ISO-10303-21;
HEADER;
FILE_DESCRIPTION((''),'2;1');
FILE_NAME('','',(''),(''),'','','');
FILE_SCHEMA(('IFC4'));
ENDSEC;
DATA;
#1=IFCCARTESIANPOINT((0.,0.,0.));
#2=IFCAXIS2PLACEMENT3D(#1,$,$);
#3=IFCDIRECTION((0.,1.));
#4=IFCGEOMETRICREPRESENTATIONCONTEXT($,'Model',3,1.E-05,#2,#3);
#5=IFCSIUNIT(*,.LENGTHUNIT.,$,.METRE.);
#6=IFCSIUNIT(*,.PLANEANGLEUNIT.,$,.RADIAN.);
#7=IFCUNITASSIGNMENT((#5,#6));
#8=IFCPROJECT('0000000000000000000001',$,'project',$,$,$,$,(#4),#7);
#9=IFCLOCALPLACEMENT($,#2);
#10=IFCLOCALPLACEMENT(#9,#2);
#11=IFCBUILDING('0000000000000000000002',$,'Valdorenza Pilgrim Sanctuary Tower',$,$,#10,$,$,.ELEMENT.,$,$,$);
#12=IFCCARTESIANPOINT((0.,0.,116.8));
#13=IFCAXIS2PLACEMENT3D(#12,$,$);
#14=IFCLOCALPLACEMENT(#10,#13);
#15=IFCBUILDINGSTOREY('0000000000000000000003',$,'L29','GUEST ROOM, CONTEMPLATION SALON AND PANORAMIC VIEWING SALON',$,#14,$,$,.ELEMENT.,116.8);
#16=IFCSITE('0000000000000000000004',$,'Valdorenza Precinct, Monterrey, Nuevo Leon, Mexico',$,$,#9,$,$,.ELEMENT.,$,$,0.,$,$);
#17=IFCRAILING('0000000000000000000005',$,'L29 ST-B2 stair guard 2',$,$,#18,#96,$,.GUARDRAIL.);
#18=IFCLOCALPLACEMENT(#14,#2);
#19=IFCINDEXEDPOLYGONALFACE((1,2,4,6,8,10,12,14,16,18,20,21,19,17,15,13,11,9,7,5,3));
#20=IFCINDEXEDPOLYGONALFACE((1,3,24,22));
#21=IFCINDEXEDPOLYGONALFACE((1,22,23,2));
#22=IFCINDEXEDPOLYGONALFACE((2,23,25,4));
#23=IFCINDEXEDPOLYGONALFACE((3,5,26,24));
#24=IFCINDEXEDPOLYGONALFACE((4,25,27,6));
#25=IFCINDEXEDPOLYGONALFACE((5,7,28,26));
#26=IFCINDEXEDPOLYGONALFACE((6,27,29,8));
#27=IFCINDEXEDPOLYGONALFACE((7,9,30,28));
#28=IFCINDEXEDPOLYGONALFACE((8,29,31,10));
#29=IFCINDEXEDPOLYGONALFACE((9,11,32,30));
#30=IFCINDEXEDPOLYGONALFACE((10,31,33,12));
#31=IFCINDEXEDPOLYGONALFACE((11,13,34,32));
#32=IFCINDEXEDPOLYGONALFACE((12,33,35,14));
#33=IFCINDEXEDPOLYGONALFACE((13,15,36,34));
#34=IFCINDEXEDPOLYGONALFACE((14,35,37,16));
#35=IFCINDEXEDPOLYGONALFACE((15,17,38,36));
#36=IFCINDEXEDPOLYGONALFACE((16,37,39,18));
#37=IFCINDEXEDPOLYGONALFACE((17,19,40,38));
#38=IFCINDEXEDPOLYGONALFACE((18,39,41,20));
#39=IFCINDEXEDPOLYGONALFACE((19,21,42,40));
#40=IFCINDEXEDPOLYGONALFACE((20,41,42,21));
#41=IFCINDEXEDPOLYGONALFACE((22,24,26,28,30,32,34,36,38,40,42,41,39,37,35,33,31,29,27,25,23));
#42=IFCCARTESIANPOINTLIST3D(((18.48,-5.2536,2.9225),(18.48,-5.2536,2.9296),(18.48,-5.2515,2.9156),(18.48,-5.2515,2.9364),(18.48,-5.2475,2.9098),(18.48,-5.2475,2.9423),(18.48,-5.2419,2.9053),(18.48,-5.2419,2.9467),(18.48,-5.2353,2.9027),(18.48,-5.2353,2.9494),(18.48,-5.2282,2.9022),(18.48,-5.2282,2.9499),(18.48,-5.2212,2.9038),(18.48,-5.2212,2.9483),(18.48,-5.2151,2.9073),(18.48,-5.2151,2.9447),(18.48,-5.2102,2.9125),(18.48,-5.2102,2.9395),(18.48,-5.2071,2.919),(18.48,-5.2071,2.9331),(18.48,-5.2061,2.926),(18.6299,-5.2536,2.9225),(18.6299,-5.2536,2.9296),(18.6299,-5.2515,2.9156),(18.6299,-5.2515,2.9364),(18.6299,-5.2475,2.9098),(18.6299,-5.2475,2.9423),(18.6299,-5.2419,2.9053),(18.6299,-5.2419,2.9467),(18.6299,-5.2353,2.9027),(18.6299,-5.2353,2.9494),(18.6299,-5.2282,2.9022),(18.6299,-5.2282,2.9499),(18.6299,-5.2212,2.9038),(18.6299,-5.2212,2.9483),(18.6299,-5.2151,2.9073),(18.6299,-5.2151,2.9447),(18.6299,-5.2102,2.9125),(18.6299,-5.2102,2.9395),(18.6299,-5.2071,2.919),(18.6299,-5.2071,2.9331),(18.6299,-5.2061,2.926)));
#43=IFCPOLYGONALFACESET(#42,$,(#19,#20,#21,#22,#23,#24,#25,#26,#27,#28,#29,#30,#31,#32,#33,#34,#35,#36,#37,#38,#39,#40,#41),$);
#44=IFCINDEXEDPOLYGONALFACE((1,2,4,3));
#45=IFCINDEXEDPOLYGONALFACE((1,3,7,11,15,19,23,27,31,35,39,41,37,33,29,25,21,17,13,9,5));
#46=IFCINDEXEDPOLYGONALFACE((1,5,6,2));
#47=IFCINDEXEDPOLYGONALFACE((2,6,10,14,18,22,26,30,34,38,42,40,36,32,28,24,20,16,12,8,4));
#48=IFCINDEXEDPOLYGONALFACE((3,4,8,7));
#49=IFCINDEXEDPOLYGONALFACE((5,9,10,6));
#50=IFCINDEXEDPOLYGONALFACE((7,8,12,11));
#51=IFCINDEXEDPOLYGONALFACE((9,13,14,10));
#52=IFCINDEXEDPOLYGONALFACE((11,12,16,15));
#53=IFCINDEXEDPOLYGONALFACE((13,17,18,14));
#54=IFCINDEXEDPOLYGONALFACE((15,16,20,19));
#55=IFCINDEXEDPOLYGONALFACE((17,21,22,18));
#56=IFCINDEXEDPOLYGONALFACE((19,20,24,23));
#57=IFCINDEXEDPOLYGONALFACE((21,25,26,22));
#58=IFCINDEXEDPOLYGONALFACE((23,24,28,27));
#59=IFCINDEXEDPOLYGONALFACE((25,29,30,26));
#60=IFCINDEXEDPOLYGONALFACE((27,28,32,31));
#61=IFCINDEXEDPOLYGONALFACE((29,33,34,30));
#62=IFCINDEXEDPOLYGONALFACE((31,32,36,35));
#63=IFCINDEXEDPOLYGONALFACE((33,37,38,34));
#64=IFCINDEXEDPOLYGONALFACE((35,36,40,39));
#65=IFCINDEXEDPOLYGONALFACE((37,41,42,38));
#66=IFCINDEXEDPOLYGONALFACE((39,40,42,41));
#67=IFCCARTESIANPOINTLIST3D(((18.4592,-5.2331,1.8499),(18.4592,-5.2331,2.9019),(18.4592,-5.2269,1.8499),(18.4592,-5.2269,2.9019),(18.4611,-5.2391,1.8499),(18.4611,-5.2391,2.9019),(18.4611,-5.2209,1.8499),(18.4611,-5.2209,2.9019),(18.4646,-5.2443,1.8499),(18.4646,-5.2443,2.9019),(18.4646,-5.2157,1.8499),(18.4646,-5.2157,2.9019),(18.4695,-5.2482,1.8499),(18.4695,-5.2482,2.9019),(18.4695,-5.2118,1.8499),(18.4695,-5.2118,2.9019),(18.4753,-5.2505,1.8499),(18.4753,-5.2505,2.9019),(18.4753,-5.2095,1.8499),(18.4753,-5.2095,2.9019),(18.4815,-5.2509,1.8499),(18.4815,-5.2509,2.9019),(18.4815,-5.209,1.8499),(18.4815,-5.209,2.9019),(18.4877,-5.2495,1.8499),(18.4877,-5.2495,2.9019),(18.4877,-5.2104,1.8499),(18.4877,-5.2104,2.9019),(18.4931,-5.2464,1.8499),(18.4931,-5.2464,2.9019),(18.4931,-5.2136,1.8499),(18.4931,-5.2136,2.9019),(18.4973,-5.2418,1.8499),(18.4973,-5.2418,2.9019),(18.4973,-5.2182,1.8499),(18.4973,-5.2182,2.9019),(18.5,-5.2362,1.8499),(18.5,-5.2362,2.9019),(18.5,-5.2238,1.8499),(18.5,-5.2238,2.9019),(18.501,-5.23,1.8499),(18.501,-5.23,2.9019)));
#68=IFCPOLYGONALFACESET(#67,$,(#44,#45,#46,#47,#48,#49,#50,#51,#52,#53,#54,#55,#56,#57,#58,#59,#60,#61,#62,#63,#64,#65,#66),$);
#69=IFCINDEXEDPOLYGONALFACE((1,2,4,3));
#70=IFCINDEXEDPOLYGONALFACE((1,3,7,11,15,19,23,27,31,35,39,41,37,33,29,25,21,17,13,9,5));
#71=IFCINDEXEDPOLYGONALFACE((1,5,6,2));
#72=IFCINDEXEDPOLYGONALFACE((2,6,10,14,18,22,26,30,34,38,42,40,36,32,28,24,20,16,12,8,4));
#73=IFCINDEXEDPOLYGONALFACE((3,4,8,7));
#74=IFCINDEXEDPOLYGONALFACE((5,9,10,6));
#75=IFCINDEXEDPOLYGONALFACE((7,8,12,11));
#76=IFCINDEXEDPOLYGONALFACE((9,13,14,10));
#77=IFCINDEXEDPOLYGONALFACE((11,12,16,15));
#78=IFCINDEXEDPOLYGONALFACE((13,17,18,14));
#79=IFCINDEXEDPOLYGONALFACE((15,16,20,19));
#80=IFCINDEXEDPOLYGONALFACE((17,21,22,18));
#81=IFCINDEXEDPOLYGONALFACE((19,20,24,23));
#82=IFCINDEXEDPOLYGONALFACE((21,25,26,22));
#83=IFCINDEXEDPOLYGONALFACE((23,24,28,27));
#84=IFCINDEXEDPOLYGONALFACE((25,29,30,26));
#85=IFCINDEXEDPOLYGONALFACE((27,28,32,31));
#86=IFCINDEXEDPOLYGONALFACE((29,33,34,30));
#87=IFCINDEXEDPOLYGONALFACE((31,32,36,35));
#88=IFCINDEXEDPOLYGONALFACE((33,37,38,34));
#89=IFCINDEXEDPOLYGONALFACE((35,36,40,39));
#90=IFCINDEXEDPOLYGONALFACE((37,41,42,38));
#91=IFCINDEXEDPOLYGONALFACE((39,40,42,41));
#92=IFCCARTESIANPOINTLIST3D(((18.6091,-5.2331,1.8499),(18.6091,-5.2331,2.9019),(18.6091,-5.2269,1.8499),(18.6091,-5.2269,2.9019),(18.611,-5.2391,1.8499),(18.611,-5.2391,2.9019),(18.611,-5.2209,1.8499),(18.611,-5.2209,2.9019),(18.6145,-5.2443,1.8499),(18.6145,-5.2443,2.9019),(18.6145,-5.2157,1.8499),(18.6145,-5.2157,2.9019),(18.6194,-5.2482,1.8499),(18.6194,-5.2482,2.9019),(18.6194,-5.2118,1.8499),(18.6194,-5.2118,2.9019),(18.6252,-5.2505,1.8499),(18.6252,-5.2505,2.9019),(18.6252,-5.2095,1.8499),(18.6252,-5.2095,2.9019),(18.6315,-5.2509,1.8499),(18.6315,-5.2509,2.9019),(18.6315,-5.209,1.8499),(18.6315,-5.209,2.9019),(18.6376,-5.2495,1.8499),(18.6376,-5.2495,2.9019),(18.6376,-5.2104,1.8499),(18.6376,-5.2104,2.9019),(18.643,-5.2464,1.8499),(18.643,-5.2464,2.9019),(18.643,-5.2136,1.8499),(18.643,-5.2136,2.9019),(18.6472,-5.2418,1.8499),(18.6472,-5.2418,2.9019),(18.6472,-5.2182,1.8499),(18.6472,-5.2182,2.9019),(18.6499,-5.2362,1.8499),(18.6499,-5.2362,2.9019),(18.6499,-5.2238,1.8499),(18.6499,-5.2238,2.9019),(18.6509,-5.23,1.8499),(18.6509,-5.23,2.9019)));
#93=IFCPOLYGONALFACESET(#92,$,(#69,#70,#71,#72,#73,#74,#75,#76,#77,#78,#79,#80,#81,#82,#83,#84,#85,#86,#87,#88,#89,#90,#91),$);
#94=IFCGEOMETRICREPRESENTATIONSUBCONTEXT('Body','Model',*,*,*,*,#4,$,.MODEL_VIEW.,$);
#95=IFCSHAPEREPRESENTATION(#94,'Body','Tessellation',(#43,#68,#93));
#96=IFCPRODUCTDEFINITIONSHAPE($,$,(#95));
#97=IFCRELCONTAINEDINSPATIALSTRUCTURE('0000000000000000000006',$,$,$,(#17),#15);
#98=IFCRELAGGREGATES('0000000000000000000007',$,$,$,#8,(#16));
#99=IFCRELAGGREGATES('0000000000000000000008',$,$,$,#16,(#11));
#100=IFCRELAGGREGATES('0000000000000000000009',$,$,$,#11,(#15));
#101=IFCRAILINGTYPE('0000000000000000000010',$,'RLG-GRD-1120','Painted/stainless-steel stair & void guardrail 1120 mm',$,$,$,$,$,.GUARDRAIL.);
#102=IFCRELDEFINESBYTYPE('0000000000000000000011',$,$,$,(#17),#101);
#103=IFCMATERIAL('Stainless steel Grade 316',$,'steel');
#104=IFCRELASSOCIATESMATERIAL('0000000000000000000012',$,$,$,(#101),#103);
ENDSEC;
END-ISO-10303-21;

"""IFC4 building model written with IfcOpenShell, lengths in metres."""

from ifc_helpers import new_model, si_unit, direction, frame, origin, origin_2d, place, context, subcontext, project, spatial, circle, extrude, material, type_object, element, save


model = new_model("IFC4")

# Units and contexts
model_context = context("Model", 3, precision=1e-05, world=origin(), true_north=direction((0.0, 1.0)))
body_context = subcontext(model_context, "Body", "Model", "MODEL_VIEW")
ifc_project = project(units=[si_unit("LENGTHUNIT", "METRE"), si_unit("PLANEANGLEUNIT", "RADIAN")], contexts=[model_context])

# Site, building, storey
site_placement = place(None, origin())
site = spatial("IfcSite", under=ifc_project, at=site_placement, Name="Valdorenza Precinct, Monterrey, Nuevo Leon, Mexico", CompositionType="ELEMENT", RefElevation=0.0)
building_placement = place(site_placement, origin())
building = spatial("IfcBuilding", under=site, at=building_placement, Name="Valdorenza Pilgrim Sanctuary Tower", CompositionType="ELEMENT")
storey_placement = place(building_placement, frame((0.0, 0.0, 116.8)))
storey = spatial("IfcBuildingStorey", under=building, at=storey_placement, Name="L29", Description="GUEST ROOM, CONTEMPLATION SALON AND PANORAMIC VIEWING SALON", CompositionType="ELEMENT", Elevation=116.8)

# Railing
ifc_material_1 = material(Name="Stainless steel Grade 316", Category="steel")
railing_type_1 = type_object("IfcRailingType", Name="RLG-GRD-1120", Description="Painted/stainless-steel stair & void guardrail 1120 mm", PredefinedType="GUARDRAIL", material=ifc_material_1)
railing_1_placement = place(storey_placement, frame((18.48, -5.23, 1.8499)))
element("IfcRailing", 1, at=railing_1_placement, inside=storey, type_object=railing_type_1, Name="L29 ST-B2 stair guard 2", PredefinedType="GUARDRAIL", context=body_context, shape_type="SweptSolid", body=[
    extrude(circle(Radius=0.0239, at=origin_2d()), frame((0.0, 0.0, 1.0762), z_axis=(1.0, 0.0, 0.0), x_axis=(0.0, 1.0, 0.0)), (0.0, 0.0, 1.0), 0.1499),
    extrude(circle(Radius=0.021, at=origin_2d()), origin(), (0.0, 0.0, 1.0), 1.052),
    extrude(circle(Radius=0.021, at=origin_2d()), frame((0.1499, 0.0, 0.0)), (0.0, 0.0, 1.0), 1.052),
])

save(model, "model.ifc")
